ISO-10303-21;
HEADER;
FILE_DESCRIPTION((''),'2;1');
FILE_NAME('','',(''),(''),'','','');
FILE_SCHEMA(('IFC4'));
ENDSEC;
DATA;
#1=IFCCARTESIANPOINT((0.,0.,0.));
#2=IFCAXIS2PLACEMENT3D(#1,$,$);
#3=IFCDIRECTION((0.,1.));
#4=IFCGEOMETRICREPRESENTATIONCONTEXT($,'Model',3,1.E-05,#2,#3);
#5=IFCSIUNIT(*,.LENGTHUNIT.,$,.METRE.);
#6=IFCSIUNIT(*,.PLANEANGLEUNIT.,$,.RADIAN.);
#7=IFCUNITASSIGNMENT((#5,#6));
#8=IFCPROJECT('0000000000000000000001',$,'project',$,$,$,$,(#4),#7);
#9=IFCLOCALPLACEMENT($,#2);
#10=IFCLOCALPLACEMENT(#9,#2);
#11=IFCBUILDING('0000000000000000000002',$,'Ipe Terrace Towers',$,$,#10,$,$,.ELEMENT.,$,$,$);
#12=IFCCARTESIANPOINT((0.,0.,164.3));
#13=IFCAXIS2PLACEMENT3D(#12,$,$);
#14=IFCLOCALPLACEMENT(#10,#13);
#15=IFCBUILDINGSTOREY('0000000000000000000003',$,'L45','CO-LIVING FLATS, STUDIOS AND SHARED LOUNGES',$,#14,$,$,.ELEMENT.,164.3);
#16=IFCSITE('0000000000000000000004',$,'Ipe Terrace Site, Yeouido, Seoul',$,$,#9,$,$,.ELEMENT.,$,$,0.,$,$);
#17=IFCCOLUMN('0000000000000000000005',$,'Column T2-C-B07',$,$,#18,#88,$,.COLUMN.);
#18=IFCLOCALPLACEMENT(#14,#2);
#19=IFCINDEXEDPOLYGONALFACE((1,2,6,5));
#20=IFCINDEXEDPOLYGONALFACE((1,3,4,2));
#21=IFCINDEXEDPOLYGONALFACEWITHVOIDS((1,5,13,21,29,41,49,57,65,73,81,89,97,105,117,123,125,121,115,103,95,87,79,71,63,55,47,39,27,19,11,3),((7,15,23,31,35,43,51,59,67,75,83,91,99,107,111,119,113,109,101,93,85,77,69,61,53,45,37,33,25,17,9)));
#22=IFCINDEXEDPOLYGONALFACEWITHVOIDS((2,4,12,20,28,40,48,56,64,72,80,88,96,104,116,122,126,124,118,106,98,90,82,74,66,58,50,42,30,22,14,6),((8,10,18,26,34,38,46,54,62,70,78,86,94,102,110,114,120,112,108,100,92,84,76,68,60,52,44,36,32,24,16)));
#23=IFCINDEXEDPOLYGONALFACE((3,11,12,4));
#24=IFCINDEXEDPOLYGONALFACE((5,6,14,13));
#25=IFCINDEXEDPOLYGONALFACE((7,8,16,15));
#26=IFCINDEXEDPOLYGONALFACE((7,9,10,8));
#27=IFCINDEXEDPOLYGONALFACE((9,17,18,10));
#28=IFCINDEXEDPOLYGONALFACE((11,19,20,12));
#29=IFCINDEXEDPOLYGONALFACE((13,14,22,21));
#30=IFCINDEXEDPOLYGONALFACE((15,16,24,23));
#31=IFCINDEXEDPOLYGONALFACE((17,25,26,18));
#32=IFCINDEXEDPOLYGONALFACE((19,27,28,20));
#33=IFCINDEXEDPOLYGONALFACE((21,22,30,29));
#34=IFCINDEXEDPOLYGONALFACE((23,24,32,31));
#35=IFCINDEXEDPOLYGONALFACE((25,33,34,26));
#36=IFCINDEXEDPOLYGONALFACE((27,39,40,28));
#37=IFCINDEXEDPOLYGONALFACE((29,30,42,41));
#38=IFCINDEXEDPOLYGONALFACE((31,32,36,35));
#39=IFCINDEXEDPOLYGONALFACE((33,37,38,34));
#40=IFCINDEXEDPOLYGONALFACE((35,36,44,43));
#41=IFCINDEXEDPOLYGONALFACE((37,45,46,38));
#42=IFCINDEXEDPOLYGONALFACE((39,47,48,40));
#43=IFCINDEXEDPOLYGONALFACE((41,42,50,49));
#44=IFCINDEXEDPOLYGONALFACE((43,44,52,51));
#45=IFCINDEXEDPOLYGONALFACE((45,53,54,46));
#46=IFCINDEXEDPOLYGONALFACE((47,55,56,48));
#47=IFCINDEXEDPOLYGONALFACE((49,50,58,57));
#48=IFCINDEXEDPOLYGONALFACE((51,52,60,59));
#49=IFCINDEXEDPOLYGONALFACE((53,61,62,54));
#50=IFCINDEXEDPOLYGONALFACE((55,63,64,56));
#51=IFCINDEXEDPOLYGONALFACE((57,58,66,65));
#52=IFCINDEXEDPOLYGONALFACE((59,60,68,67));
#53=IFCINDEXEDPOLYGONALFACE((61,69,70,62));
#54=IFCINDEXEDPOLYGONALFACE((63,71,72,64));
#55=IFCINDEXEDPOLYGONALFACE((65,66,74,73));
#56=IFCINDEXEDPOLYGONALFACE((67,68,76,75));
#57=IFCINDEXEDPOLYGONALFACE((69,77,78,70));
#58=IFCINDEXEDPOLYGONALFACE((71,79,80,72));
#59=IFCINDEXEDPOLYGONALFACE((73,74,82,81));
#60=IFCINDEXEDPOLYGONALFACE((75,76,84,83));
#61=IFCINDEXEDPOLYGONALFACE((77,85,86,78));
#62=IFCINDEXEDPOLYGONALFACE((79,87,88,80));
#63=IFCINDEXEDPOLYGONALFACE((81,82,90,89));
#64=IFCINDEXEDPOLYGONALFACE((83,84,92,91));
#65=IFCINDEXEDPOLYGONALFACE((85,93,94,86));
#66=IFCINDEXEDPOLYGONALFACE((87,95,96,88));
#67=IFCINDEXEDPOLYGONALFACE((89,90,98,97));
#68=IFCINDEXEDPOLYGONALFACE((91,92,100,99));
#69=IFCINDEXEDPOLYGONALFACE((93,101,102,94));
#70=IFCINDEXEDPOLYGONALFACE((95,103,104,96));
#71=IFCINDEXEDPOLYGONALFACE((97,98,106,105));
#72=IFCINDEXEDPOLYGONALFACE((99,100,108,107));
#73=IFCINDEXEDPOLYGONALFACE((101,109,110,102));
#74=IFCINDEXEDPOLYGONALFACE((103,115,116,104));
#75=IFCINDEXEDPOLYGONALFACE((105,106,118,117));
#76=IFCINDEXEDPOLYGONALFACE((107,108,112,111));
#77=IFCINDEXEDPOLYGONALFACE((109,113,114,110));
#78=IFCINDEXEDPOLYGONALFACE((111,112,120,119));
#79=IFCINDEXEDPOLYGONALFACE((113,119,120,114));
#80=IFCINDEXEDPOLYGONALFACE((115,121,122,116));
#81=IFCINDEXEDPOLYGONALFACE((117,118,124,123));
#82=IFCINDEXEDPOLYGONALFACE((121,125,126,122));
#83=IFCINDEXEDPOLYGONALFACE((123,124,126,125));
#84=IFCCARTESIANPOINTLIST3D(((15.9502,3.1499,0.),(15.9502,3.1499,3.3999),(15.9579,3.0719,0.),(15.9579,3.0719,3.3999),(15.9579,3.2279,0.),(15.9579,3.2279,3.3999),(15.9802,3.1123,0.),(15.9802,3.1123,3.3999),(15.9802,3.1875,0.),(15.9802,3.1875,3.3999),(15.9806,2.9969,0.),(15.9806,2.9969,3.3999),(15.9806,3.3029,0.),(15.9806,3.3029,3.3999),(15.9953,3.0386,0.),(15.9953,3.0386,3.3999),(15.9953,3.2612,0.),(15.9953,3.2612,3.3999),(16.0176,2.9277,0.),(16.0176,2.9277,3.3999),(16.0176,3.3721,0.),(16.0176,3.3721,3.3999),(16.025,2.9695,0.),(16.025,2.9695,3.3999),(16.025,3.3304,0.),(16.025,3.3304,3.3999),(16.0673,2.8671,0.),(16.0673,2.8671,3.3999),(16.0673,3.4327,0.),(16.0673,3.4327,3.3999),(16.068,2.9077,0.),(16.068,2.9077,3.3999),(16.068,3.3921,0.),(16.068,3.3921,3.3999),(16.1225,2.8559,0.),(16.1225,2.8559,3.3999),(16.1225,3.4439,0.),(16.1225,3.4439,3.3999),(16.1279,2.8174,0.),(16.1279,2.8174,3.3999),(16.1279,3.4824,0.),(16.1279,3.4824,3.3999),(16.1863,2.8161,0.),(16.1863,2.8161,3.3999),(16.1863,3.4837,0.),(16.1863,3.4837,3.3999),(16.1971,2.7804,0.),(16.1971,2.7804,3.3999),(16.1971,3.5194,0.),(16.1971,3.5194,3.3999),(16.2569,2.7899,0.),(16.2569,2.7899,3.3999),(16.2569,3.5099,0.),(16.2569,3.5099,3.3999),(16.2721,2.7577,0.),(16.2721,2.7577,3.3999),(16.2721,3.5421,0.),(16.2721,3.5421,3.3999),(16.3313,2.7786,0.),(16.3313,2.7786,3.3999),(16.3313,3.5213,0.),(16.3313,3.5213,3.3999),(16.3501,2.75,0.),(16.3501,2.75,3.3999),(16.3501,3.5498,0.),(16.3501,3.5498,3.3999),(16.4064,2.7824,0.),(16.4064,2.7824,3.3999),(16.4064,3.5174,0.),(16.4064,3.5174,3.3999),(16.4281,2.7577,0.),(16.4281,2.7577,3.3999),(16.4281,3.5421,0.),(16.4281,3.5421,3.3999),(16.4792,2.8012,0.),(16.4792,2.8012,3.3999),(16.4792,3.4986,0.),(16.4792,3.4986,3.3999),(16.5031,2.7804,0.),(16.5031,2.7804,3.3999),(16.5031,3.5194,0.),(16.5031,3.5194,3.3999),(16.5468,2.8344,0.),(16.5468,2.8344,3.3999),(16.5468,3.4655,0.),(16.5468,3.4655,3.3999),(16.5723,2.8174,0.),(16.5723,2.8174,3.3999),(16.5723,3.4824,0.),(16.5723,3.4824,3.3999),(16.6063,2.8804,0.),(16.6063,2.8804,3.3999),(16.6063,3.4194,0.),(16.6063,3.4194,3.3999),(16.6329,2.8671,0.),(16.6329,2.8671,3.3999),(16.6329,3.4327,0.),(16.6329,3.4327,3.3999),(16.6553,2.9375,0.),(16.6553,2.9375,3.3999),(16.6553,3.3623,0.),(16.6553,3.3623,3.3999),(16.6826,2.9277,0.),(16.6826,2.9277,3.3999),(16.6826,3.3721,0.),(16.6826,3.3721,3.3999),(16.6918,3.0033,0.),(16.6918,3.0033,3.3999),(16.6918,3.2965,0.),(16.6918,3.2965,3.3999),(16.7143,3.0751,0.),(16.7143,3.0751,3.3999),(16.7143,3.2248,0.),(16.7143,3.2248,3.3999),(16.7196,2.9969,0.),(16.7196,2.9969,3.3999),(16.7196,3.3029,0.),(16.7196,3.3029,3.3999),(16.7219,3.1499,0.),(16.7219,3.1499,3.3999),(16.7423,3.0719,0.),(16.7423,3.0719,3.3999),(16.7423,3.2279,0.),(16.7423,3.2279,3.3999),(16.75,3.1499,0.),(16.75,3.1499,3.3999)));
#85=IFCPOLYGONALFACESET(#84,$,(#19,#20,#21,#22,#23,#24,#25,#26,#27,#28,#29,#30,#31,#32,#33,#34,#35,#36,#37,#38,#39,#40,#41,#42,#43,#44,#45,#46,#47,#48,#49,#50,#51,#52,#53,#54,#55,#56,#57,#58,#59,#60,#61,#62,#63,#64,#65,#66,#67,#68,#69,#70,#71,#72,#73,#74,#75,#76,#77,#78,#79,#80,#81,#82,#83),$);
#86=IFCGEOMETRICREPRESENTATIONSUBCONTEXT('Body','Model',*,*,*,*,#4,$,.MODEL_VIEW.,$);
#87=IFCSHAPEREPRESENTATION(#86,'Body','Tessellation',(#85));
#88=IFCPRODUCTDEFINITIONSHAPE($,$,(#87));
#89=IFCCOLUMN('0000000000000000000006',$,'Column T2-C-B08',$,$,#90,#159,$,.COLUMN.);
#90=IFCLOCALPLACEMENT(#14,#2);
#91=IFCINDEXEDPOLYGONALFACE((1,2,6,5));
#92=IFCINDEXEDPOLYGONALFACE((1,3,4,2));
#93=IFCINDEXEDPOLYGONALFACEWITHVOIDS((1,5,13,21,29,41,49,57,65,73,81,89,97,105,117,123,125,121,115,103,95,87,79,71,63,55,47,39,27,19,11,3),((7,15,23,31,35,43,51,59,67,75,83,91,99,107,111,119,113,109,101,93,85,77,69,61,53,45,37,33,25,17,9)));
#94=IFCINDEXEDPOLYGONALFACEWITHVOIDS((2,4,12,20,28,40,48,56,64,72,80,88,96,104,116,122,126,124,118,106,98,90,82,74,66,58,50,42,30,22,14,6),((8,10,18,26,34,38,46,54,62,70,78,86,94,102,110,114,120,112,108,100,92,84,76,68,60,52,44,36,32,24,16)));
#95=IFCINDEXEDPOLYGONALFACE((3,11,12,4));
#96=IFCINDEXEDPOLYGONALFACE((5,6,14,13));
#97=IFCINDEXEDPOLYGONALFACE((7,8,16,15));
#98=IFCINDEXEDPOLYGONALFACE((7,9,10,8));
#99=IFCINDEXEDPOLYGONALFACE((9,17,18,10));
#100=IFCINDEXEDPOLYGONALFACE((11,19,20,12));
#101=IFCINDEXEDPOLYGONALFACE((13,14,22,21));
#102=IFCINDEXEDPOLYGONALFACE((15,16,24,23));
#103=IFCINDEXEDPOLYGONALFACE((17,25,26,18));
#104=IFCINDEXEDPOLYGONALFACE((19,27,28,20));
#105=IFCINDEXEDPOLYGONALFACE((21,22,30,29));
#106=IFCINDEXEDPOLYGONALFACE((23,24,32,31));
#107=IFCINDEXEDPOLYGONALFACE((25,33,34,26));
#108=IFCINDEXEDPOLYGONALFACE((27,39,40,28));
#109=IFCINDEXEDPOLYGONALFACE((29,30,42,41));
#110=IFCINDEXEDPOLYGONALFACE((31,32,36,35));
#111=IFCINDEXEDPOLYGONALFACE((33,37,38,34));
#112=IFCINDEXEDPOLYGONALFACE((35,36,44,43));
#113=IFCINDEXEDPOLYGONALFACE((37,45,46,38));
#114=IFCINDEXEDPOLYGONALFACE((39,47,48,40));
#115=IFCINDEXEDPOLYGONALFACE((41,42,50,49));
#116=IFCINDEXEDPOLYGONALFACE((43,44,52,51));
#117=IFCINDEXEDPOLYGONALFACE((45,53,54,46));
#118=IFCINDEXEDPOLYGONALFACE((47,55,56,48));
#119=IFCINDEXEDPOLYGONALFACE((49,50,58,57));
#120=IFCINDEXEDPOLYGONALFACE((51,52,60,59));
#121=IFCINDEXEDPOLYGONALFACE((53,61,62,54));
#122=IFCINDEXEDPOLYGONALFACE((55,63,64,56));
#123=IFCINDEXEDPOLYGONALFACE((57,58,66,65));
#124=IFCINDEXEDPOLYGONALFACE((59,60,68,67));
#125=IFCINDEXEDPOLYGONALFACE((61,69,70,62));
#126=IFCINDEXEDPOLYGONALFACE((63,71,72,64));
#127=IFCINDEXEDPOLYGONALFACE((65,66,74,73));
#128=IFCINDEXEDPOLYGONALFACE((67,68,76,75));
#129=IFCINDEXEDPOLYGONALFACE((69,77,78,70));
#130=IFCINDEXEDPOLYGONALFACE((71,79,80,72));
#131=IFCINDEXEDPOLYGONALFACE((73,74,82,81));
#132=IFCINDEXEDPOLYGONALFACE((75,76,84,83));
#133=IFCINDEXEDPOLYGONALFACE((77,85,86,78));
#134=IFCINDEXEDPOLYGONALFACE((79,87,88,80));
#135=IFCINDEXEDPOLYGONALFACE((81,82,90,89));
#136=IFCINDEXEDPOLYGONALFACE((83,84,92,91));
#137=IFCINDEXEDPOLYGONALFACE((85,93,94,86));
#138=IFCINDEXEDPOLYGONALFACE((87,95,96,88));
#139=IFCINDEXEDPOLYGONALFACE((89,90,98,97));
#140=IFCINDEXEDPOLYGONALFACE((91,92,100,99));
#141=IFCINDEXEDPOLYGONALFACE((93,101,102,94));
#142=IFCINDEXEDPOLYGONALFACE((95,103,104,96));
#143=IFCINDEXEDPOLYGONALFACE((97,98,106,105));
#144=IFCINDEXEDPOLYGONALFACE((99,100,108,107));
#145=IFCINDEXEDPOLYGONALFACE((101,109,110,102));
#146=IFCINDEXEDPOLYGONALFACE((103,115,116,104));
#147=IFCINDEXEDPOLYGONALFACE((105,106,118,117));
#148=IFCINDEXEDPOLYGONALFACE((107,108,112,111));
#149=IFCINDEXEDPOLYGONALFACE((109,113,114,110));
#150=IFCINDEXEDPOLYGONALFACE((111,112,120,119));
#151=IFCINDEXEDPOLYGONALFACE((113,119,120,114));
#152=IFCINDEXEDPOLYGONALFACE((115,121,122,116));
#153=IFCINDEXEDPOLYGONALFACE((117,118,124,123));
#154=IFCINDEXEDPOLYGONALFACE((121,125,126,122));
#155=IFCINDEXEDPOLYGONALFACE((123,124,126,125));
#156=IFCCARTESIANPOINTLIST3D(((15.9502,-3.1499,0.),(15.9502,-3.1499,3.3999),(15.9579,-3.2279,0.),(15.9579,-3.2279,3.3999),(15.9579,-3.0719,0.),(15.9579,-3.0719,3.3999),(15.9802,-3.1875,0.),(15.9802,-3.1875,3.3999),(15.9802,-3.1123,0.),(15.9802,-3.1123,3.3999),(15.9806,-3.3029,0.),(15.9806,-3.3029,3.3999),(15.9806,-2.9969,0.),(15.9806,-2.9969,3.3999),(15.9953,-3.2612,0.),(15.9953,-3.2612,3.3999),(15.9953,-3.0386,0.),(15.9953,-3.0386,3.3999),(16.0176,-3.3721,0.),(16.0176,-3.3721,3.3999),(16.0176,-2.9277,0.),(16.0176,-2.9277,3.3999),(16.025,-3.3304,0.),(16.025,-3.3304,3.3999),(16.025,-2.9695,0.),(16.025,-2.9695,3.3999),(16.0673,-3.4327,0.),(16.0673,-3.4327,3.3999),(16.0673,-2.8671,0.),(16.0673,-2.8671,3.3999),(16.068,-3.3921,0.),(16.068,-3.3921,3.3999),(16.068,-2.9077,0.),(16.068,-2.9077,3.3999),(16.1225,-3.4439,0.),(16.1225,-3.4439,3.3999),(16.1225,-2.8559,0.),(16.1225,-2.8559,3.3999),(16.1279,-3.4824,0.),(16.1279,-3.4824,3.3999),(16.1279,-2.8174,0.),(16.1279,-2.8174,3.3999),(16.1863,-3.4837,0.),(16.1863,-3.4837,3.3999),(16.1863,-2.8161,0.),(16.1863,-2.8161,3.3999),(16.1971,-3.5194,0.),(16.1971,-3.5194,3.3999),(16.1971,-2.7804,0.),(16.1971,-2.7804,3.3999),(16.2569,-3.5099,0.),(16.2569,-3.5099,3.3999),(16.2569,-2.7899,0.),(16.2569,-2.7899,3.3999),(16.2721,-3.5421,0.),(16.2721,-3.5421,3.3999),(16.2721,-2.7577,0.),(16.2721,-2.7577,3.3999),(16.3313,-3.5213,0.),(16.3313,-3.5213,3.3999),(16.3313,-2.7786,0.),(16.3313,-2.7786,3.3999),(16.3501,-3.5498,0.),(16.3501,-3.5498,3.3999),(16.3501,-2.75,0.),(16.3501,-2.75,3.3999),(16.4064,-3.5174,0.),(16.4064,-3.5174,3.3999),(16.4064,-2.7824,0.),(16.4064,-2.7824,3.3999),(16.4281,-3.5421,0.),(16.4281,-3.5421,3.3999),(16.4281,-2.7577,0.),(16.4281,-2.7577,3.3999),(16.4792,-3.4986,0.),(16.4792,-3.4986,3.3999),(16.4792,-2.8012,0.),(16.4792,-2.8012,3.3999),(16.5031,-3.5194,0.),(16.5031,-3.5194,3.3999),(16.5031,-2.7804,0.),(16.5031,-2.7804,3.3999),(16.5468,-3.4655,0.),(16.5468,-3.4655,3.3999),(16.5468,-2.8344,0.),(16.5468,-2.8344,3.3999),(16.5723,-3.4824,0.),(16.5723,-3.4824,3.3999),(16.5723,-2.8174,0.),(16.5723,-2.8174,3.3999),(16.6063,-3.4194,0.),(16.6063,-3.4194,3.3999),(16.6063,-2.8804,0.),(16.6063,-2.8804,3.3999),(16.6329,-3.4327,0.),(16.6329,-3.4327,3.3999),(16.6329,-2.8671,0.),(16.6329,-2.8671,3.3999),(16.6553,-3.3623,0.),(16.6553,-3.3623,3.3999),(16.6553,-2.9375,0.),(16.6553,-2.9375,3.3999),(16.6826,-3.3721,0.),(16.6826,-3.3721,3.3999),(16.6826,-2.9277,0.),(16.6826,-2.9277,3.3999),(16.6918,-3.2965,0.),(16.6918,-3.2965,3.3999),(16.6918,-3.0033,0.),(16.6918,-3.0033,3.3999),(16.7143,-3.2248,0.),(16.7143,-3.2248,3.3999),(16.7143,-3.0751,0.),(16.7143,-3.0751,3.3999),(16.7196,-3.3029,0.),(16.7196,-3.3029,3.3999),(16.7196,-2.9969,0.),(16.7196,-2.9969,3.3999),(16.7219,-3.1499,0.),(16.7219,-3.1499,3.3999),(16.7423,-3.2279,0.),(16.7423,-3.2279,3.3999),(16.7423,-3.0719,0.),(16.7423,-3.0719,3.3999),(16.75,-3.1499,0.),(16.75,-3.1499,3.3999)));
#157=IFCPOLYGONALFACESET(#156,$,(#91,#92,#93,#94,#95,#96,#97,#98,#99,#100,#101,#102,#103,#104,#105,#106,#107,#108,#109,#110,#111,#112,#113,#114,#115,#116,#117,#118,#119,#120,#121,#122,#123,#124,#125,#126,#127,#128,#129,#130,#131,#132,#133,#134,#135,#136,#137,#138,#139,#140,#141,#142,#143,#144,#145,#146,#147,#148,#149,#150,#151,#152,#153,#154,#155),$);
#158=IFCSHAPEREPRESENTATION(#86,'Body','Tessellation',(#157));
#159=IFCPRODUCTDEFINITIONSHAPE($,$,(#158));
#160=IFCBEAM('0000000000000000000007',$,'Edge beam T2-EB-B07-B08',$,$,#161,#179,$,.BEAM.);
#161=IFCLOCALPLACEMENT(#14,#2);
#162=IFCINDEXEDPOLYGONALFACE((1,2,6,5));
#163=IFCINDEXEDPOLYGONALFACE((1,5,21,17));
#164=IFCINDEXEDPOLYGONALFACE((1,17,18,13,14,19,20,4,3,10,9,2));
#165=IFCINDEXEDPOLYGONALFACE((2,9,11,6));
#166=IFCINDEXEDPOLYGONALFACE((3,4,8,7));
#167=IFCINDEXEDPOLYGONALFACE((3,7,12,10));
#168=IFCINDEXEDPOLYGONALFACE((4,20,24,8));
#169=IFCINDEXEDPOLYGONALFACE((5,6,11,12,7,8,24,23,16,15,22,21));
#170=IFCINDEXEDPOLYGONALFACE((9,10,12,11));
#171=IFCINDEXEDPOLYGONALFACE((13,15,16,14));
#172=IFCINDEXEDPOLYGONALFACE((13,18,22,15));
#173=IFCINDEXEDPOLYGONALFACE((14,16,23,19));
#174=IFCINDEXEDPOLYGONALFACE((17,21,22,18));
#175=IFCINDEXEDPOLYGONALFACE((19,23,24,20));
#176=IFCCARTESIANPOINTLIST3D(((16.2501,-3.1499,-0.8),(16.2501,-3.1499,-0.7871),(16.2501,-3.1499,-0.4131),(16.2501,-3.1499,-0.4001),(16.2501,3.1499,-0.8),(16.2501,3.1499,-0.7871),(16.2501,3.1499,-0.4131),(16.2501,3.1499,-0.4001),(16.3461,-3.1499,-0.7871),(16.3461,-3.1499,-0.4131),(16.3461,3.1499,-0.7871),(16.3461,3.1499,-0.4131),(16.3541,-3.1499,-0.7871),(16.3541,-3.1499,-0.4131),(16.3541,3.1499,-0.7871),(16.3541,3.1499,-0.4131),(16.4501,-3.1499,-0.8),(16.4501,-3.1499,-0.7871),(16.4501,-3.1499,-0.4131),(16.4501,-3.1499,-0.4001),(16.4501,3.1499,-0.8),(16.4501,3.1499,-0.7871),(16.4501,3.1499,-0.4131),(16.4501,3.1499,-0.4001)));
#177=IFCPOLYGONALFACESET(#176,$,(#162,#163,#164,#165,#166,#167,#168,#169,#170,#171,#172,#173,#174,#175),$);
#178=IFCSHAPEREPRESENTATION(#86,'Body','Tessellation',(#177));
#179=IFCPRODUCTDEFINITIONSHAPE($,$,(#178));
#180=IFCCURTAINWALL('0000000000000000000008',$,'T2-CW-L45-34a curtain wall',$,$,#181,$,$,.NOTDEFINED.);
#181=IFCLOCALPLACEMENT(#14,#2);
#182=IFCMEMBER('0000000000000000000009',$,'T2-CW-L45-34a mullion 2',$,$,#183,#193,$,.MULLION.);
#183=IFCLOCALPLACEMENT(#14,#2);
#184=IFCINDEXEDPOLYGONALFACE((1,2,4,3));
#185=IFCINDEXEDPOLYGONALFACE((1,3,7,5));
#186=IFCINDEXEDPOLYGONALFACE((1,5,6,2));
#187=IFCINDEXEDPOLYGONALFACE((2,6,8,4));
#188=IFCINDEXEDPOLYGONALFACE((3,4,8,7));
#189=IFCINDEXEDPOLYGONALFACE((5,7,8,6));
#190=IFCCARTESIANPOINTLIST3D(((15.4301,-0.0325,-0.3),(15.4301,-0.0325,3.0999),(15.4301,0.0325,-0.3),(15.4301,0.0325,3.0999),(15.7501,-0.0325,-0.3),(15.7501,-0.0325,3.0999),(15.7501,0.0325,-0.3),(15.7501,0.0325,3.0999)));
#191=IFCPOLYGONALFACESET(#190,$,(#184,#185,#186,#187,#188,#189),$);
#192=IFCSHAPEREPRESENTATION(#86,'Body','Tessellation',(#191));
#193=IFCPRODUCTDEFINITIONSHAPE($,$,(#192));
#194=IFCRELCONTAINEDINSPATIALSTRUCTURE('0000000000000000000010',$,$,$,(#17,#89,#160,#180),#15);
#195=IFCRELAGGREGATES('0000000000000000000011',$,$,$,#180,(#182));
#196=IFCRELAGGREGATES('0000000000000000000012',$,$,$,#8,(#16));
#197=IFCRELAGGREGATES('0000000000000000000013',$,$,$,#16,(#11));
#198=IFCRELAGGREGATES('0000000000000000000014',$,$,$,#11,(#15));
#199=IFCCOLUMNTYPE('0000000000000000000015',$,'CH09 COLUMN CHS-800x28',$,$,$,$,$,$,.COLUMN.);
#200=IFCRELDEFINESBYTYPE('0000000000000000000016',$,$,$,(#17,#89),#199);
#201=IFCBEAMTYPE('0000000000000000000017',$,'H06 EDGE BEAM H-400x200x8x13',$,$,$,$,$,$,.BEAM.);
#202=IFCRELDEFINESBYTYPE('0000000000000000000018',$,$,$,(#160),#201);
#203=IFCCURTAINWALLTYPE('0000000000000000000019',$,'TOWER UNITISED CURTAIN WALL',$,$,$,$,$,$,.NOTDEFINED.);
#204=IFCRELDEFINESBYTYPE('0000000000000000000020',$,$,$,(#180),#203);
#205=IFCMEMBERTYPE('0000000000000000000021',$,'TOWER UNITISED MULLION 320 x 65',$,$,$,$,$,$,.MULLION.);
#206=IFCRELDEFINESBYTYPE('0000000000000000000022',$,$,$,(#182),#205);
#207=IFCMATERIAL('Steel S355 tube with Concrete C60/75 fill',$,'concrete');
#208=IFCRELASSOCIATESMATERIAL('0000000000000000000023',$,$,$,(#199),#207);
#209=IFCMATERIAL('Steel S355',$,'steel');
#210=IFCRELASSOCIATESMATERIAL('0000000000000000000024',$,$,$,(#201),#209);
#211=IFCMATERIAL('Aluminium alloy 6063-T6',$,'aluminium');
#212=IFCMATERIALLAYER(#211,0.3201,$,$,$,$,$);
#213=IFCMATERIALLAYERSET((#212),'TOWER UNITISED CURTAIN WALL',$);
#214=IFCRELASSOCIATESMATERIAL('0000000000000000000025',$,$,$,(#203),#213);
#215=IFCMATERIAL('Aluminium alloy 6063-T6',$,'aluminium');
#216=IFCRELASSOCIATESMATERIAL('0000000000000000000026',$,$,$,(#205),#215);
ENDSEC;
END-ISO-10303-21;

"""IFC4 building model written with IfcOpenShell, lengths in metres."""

from ifc_helpers import new_model, si_unit, direction, frame, origin, origin_2d, place, context, subcontext, project, spatial, rectangle, hollow_circle, i_section, extrude, material, layer, layer_set, material_profile, profile_set, type_object, element, aggregate, save


model = new_model("IFC4")

# Units and contexts
model_context = context("Model", 3, precision=1e-05, world=origin(), true_north=direction((0.0, 1.0)))
body_context = subcontext(model_context, "Body", "Model", "MODEL_VIEW")
ifc_project = project(units=[si_unit("LENGTHUNIT", "METRE"), si_unit("PLANEANGLEUNIT", "RADIAN")], contexts=[model_context])

# Site, building, storey
site_placement = place(None, origin())
site = spatial("IfcSite", under=ifc_project, at=site_placement, Name="Ipe Terrace Site, Yeouido, Seoul", CompositionType="ELEMENT", RefElevation=0.0)
building_placement = place(site_placement, origin())
building = spatial("IfcBuilding", under=site, at=building_placement, Name="Ipe Terrace Towers", CompositionType="ELEMENT")
storey_placement = place(building_placement, frame((0.0, 0.0, 164.3)))
storey = spatial("IfcBuildingStorey", under=building, at=storey_placement, Name="L45", Description="CO-LIVING FLATS, STUDIOS AND SHARED LOUNGES", CompositionType="ELEMENT", Elevation=164.3)

# Columns
ifc_material_1 = material(Name="Steel S355 tube with Concrete C60/75 fill", Category="concrete")
ifc_material_profile_1 = material_profile(ifc_material_1, hollow_circle(Radius=0.3999, WallThickness=0.0281, at=origin_2d()), Name="CHS-800x28")
ifc_profile_set_1 = profile_set([ifc_material_profile_1], Name="Steel S355 tube with Concrete C60/75 fill")
column_type = type_object("IfcColumnType", Name="CH09 COLUMN CHS-800x28", PredefinedType="COLUMN", material=ifc_profile_set_1)
for number, where, z_axis, x_axis, name in (
    (1, (16.3501, 3.1499, 0.0), (0.0, 0.0, 1.0), (1.0, 0.0, 0.0), "Column T2-C-B07"),
    (2, (16.3501, -3.1499, 0.0), (0.0, 0.0, 1.0), (1.0, 0.0, 0.0), "Column T2-C-B08"),
):
    element("IfcColumn", number, at=place(storey_placement, frame(where, z_axis=z_axis, x_axis=x_axis)), inside=storey, type_object=column_type, Name=name, PredefinedType="COLUMN", context=body_context, shape_type="SweptSolid", body=[
        extrude(hollow_circle(Radius=0.3999, WallThickness=0.0281, at=origin_2d()), origin(), (0.0, 0.0, 1.0), 3.3999),
    ])

# Beam
ifc_material_2 = material(Name="Steel S355", Category="steel")
ifc_material_profile_2 = material_profile(ifc_material_2, i_section(OverallWidth=0.2, OverallDepth=0.3999, WebThickness=0.0081, FlangeThickness=0.0129, at=origin_2d()), Name="H-400x200x8x13")
ifc_profile_set_2 = profile_set([ifc_material_profile_2], Name="Steel S355")
beam_type = type_object("IfcBeamType", Name="H06 EDGE BEAM H-400x200x8x13", PredefinedType="BEAM", material=ifc_profile_set_2)
beam_placement = place(storey_placement, frame((16.3501, 3.1499, -0.6001), z_axis=(0.0, -1.0, 0.0), x_axis=(1.0, 0.0, 0.0)))
element("IfcBeam", 3, at=beam_placement, inside=storey, type_object=beam_type, Name="Edge beam T2-EB-B07-B08", PredefinedType="BEAM", context=body_context, shape_type="SweptSolid", body=[
    extrude(i_section(OverallWidth=0.2, OverallDepth=0.3999, WebThickness=0.0081, FlangeThickness=0.0129, at=origin_2d()), origin(), (0.0, 0.0, 1.0), 6.2998),
])

# Curtain wall, member
ifc_material_3 = material(Name="Aluminium alloy 6063-T6", Category="aluminium")
ifc_layer_1 = layer(ifc_material_3, 0.3201)
ifc_layer_set_1 = layer_set([ifc_layer_1], Name="TOWER UNITISED CURTAIN WALL")
curtain_wall_type = type_object("IfcCurtainWallType", Name="TOWER UNITISED CURTAIN WALL", PredefinedType="NOTDEFINED", material=ifc_layer_set_1)
curtain_wall_placement = place(storey_placement, origin())
curtain_wall = element("IfcCurtainWall", 4, at=curtain_wall_placement, inside=storey, type_object=curtain_wall_type, Name="T2-CW-L45-34a curtain wall", PredefinedType="NOTDEFINED")
ifc_material_4 = material(Name="Aluminium alloy 6063-T6", Category="aluminium")
ifc_material_profile_3 = material_profile(ifc_material_4, rectangle(XDim=0.3201, YDim=0.0649, at=origin_2d()), Name="TOWER UNITISED MULLION 320 x 65")
ifc_profile_set_3 = profile_set([ifc_material_profile_3], Name="Aluminium alloy 6063-T6")
member_type = type_object("IfcMemberType", Name="TOWER UNITISED MULLION 320 x 65", PredefinedType="MULLION", material=ifc_profile_set_3)
member_placement = place(storey_placement, frame((15.5901, 0.0, -0.3), z_axis=(0.0, 0.0, 1.0), x_axis=(-1.0, 0.0, 0.0)))
member = element("IfcMember", 5, at=member_placement, type_object=member_type, Name="T2-CW-L45-34a mullion 2", PredefinedType="MULLION", context=body_context, shape_type="SweptSolid", body=[
    extrude(rectangle(XDim=0.3201, YDim=0.0649, at=origin_2d()), origin(), (0.0, 0.0, 1.0), 3.3999),
])
aggregate(curtain_wall, [member])

save(model, "model.ifc")
